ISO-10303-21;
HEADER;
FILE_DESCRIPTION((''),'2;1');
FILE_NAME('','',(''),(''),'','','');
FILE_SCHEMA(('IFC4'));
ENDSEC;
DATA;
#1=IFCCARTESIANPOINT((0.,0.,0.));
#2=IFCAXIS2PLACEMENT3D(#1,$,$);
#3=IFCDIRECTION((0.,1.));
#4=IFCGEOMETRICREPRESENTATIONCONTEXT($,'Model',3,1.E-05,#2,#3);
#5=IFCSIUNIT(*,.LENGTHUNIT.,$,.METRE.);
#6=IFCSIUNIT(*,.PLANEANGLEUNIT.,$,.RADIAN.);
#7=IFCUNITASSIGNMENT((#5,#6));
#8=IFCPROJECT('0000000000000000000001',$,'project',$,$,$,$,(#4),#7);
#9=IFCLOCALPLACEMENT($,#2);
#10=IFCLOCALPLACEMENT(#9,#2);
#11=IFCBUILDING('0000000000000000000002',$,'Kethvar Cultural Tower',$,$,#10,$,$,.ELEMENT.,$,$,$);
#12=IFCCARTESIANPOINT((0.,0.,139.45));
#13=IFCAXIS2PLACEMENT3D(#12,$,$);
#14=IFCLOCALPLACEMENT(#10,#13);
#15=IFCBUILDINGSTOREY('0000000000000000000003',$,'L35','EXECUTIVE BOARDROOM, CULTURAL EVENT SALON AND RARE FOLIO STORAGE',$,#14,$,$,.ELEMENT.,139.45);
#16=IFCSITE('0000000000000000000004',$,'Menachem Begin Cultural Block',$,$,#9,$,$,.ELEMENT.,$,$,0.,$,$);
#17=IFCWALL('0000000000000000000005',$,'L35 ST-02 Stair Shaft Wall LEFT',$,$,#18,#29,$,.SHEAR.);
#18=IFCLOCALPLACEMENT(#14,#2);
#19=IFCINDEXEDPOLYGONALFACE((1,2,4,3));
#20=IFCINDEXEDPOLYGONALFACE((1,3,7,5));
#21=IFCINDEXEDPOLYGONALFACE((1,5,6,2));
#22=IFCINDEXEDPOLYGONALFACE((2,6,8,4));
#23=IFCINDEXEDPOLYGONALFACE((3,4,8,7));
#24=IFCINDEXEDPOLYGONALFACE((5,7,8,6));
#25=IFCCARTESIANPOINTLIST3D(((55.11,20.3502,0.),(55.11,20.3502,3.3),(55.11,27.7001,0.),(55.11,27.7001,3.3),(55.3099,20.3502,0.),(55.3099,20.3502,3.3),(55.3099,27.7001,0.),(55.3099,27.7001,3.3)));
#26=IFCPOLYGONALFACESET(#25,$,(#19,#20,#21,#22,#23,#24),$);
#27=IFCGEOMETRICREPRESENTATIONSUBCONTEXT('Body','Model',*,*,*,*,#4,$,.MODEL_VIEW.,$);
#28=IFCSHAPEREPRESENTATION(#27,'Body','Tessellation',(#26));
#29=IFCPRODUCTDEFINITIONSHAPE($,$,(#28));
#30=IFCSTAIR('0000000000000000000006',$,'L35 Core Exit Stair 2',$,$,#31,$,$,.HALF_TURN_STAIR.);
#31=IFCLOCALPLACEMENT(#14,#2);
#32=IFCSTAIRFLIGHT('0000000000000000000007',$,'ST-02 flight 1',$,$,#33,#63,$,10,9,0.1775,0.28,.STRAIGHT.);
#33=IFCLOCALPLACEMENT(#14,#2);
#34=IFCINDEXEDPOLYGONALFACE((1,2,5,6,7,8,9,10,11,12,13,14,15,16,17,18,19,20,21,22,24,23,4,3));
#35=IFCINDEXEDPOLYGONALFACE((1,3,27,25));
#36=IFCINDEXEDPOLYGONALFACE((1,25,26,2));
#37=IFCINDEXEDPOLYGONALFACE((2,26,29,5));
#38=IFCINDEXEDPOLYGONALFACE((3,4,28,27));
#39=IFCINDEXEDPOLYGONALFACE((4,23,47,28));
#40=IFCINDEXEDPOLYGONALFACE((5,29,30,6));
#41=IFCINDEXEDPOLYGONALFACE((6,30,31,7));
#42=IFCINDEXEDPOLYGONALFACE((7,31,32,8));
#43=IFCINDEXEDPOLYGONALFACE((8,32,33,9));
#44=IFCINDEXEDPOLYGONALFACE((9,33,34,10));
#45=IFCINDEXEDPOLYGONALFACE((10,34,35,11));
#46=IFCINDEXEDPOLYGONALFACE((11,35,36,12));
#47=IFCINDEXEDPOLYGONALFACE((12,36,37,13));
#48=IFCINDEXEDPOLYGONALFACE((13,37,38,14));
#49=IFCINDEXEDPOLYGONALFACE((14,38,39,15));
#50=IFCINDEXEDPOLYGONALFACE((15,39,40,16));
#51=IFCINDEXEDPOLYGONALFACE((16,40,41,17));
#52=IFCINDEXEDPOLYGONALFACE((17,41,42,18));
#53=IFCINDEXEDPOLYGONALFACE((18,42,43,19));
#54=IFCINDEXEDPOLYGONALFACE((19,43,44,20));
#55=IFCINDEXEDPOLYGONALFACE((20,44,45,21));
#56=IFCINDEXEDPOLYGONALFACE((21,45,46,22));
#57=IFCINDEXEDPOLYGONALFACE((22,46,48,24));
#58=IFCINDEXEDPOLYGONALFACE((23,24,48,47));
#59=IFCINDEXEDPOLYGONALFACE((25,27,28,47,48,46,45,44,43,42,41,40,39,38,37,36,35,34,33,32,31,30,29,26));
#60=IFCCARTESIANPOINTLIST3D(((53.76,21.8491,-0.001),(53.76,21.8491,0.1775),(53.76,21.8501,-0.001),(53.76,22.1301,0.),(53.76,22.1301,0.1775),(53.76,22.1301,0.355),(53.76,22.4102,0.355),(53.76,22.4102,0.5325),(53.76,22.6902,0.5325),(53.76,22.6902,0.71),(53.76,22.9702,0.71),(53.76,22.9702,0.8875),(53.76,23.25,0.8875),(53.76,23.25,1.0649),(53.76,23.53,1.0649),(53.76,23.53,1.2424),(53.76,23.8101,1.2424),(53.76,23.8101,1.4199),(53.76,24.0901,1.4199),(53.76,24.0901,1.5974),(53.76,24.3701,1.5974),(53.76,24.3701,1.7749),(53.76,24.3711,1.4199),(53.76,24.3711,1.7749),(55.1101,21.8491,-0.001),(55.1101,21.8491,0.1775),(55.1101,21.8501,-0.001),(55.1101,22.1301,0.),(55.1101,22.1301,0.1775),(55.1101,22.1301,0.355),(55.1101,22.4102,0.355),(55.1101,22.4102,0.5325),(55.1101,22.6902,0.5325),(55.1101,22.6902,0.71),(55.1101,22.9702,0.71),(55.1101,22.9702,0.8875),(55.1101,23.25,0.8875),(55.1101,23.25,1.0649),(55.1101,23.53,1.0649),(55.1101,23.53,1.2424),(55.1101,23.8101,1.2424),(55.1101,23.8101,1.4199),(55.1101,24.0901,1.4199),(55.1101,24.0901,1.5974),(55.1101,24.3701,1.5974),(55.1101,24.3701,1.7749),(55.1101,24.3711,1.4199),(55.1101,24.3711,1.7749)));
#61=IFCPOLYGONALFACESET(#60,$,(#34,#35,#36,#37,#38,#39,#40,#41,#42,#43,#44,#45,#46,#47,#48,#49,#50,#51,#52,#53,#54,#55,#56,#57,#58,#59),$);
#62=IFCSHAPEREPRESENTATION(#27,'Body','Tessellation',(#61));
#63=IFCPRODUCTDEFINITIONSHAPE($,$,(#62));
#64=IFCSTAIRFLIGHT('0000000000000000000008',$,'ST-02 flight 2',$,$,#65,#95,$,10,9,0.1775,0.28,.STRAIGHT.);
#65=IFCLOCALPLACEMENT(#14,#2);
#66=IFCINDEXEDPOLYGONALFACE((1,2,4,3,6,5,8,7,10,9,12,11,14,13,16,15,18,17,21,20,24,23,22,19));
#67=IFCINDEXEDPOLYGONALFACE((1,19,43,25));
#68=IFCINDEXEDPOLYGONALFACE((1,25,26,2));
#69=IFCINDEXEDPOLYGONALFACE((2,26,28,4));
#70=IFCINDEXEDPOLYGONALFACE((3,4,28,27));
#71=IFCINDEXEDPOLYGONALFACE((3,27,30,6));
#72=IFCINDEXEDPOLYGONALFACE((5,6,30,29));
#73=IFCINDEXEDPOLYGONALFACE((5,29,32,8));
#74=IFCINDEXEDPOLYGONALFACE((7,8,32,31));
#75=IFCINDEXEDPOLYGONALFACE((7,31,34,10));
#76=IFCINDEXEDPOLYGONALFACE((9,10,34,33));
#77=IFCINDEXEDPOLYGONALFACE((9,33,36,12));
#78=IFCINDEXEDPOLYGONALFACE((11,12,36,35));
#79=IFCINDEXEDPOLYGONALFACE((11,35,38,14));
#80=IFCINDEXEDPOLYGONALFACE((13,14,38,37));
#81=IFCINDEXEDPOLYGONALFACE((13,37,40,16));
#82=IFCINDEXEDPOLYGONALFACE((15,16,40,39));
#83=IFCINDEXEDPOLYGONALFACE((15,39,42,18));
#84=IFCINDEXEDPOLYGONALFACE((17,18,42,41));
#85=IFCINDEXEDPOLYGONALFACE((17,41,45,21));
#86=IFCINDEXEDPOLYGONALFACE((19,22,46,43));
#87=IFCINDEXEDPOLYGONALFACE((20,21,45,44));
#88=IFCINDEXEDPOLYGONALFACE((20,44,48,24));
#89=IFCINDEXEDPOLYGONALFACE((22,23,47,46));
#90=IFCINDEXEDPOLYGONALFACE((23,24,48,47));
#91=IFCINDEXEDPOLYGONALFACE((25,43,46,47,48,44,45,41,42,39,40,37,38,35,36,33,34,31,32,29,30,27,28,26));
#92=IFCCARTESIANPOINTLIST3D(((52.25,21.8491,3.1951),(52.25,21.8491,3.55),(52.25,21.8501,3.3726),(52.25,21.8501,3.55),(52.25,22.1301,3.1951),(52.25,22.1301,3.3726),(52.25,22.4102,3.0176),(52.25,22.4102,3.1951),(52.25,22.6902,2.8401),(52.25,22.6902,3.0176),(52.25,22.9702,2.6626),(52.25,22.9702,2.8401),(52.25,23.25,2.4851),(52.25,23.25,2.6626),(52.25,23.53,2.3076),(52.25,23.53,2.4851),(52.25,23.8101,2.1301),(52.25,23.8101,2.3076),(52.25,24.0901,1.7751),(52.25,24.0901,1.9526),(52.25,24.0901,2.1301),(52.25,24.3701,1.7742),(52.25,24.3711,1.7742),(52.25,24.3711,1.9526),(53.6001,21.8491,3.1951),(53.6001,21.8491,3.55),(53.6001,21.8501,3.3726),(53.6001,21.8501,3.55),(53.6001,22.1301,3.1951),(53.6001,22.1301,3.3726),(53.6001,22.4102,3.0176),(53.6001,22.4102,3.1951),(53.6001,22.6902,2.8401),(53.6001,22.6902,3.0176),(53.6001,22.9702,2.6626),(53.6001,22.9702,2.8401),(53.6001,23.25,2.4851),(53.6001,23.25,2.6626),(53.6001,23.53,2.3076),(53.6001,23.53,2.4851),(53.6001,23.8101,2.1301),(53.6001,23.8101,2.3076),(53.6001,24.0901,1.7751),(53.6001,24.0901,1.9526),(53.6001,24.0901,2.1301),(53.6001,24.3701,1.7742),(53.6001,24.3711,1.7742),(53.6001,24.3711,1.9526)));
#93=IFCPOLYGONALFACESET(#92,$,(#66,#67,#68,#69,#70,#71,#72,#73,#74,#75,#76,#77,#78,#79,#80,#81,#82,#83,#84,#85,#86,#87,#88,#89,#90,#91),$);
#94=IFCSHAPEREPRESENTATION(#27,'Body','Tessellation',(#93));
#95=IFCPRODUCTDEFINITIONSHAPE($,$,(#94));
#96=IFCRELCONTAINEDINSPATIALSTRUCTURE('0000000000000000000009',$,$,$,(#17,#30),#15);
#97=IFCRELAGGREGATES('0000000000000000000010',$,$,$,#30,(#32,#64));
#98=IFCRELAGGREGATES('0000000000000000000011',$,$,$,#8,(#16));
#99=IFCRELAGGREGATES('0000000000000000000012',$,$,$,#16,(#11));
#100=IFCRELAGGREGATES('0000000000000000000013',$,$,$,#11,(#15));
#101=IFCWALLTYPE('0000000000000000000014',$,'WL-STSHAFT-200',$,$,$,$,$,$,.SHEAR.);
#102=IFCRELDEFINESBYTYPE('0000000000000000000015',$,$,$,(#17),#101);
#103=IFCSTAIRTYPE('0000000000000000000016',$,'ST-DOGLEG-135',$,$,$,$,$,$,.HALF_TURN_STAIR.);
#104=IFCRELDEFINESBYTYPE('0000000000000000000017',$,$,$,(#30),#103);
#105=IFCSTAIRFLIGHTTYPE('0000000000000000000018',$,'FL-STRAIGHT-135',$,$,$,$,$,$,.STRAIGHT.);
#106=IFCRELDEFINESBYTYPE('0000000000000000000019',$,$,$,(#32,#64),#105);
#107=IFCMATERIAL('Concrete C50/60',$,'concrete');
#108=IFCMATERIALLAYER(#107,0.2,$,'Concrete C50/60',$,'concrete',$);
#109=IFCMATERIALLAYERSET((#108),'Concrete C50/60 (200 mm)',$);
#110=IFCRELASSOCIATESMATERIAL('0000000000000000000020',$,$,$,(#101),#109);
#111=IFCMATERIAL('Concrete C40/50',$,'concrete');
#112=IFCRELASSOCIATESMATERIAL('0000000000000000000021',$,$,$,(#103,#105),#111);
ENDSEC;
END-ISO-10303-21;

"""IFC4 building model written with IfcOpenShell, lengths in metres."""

from ifc_helpers import new_model, si_unit, direction, frame, frame_2d, origin, place, context, subcontext, project, spatial, polyline, rectangle, outline, extrude, material, layer, layer_set, type_object, element, aggregate, save


model = new_model("IFC4")

# Units and contexts
model_context = context("Model", 3, precision=1e-05, world=origin(), true_north=direction((0.0, 1.0)))
body_context = subcontext(model_context, "Body", "Model", "MODEL_VIEW")
ifc_project = project(units=[si_unit("LENGTHUNIT", "METRE"), si_unit("PLANEANGLEUNIT", "RADIAN")], contexts=[model_context])

# Site, building, storey
site_placement = place(None, origin())
site = spatial("IfcSite", under=ifc_project, at=site_placement, Name="Menachem Begin Cultural Block", CompositionType="ELEMENT", RefElevation=0.0)
building_placement = place(site_placement, origin())
building = spatial("IfcBuilding", under=site, at=building_placement, Name="Kethvar Cultural Tower", CompositionType="ELEMENT")
storey_placement = place(building_placement, frame((0.0, 0.0, 139.45)))
storey = spatial("IfcBuildingStorey", under=building, at=storey_placement, Name="L35", Description="EXECUTIVE BOARDROOM, CULTURAL EVENT SALON AND RARE FOLIO STORAGE", CompositionType="ELEMENT", Elevation=139.45)

# Shared definitions
ifc_material_1 = material(Name="Concrete C50/60", Category="concrete")

# Wall
ifc_layer_1 = layer(ifc_material_1, 0.2, Name="Concrete C50/60", Category="concrete")
ifc_layer_set_1 = layer_set([ifc_layer_1], Name="Concrete C50/60 (200 mm)")
wall_type_1 = type_object("IfcWallType", Name="WL-STSHAFT-200", PredefinedType="SHEAR", material=ifc_layer_set_1)
wall_1_placement = place(storey_placement, frame((55.21, 27.7, 0.0), z_axis=(0.0, 0.0, 1.0), x_axis=(0.0, -1.0, 0.0)))
element("IfcWall", 1, at=wall_1_placement, inside=storey, type_object=wall_type_1, Name="L35 ST-02 Stair Shaft Wall LEFT", PredefinedType="SHEAR", context=body_context, shape_type="SweptSolid", body=[
    extrude(rectangle(XDim=7.3499, YDim=0.2, at=frame_2d((3.6748, 0.0))), origin(), (0.0, 0.0, 1.0), 3.3),
])

# Stair, stair flights
ifc_material_2 = material(Name="Concrete C40/50", Category="concrete")
stair_type = type_object("IfcStairType", Name="ST-DOGLEG-135", PredefinedType="HALF_TURN_STAIR", material=ifc_material_2)
stair_placement = place(storey_placement, origin())
stair = element("IfcStair", 2, at=stair_placement, inside=storey, type_object=stair_type, Name="L35 Core Exit Stair 2", PredefinedType="HALF_TURN_STAIR")
stair_flight_type = type_object("IfcStairFlightType", Name="FL-STRAIGHT-135", PredefinedType="STRAIGHT", material=ifc_material_2)
stair_flight_1_placement = place(storey_placement, frame((54.4351, 21.8501, 0.0), z_axis=(0.0, 0.0, 1.0), x_axis=(0.0, 1.0, 0.0)))
stair_flight_1 = element("IfcStairFlight", 3, at=stair_flight_1_placement, type_object=stair_flight_type, Name="ST-02 flight 1", NumberOfRisers=10, NumberOfTreads=9, PredefinedType="STRAIGHT", RiserHeight=0.1775, TreadLength=0.28, context=body_context, shape_type="SweptSolid", body=[
    extrude(outline(polyline([(-0.001, -0.001), (-0.001, 0.1775), (0.28, 0.1775), (0.28, 0.355), (0.5601, 0.355), (0.5601, 0.5325), (0.8401, 0.5325), (0.8401, 0.71), (1.1201, 0.71), (1.1201, 0.8875), (1.3999, 0.8875), (1.3999, 1.0649), (1.6799, 1.0649), (1.6799, 1.2424), (1.96, 1.2424), (1.96, 1.4199), (2.24, 1.4199), (2.24, 1.5974), (2.52, 1.5974), (2.52, 1.7749), (2.521, 1.7749), (2.521, 1.4199), (0.28, 0.0), (0.0, -0.001), (-0.001, -0.001)])), frame((0.0, 0.675, 0.0), z_axis=(0.0, -1.0, 0.0), x_axis=(1.0, 0.0, 0.0)), (0.0, 0.0, 1.0), 1.3501),
])
stair_flight_2_placement = place(storey_placement, frame((52.925, 24.3701, 1.7751), z_axis=(0.0, 0.0, 1.0), x_axis=(0.0, -1.0, 0.0)))
stair_flight_2 = element("IfcStairFlight", 4, at=stair_flight_2_placement, type_object=stair_flight_type, Name="ST-02 flight 2", NumberOfRisers=10, NumberOfTreads=9, PredefinedType="STRAIGHT", RiserHeight=0.1775, TreadLength=0.28, context=body_context, shape_type="SweptSolid", body=[
    extrude(outline(polyline([(-0.001, -0.001), (-0.001, 0.1775), (0.28, 0.1775), (0.28, 0.355), (0.5601, 0.355), (0.5601, 0.5325), (0.8401, 0.5325), (0.8401, 0.71), (1.1201, 0.71), (1.1201, 0.8875), (1.3999, 0.8875), (1.3999, 1.0649), (1.6799, 1.0649), (1.6799, 1.2424), (1.96, 1.2424), (1.96, 1.4199), (2.24, 1.4199), (2.24, 1.5974), (2.52, 1.5974), (2.52, 1.7749), (2.521, 1.7749), (2.521, 1.4199), (0.28, 0.0), (0.0, -0.001), (-0.001, -0.001)])), frame((0.0, 0.675, 0.0), z_axis=(0.0, -1.0, 0.0), x_axis=(1.0, 0.0, 0.0)), (0.0, 0.0, 1.0), 1.3501),
])
aggregate(stair, [stair_flight_1, stair_flight_2])

save(model, "model.ifc")
